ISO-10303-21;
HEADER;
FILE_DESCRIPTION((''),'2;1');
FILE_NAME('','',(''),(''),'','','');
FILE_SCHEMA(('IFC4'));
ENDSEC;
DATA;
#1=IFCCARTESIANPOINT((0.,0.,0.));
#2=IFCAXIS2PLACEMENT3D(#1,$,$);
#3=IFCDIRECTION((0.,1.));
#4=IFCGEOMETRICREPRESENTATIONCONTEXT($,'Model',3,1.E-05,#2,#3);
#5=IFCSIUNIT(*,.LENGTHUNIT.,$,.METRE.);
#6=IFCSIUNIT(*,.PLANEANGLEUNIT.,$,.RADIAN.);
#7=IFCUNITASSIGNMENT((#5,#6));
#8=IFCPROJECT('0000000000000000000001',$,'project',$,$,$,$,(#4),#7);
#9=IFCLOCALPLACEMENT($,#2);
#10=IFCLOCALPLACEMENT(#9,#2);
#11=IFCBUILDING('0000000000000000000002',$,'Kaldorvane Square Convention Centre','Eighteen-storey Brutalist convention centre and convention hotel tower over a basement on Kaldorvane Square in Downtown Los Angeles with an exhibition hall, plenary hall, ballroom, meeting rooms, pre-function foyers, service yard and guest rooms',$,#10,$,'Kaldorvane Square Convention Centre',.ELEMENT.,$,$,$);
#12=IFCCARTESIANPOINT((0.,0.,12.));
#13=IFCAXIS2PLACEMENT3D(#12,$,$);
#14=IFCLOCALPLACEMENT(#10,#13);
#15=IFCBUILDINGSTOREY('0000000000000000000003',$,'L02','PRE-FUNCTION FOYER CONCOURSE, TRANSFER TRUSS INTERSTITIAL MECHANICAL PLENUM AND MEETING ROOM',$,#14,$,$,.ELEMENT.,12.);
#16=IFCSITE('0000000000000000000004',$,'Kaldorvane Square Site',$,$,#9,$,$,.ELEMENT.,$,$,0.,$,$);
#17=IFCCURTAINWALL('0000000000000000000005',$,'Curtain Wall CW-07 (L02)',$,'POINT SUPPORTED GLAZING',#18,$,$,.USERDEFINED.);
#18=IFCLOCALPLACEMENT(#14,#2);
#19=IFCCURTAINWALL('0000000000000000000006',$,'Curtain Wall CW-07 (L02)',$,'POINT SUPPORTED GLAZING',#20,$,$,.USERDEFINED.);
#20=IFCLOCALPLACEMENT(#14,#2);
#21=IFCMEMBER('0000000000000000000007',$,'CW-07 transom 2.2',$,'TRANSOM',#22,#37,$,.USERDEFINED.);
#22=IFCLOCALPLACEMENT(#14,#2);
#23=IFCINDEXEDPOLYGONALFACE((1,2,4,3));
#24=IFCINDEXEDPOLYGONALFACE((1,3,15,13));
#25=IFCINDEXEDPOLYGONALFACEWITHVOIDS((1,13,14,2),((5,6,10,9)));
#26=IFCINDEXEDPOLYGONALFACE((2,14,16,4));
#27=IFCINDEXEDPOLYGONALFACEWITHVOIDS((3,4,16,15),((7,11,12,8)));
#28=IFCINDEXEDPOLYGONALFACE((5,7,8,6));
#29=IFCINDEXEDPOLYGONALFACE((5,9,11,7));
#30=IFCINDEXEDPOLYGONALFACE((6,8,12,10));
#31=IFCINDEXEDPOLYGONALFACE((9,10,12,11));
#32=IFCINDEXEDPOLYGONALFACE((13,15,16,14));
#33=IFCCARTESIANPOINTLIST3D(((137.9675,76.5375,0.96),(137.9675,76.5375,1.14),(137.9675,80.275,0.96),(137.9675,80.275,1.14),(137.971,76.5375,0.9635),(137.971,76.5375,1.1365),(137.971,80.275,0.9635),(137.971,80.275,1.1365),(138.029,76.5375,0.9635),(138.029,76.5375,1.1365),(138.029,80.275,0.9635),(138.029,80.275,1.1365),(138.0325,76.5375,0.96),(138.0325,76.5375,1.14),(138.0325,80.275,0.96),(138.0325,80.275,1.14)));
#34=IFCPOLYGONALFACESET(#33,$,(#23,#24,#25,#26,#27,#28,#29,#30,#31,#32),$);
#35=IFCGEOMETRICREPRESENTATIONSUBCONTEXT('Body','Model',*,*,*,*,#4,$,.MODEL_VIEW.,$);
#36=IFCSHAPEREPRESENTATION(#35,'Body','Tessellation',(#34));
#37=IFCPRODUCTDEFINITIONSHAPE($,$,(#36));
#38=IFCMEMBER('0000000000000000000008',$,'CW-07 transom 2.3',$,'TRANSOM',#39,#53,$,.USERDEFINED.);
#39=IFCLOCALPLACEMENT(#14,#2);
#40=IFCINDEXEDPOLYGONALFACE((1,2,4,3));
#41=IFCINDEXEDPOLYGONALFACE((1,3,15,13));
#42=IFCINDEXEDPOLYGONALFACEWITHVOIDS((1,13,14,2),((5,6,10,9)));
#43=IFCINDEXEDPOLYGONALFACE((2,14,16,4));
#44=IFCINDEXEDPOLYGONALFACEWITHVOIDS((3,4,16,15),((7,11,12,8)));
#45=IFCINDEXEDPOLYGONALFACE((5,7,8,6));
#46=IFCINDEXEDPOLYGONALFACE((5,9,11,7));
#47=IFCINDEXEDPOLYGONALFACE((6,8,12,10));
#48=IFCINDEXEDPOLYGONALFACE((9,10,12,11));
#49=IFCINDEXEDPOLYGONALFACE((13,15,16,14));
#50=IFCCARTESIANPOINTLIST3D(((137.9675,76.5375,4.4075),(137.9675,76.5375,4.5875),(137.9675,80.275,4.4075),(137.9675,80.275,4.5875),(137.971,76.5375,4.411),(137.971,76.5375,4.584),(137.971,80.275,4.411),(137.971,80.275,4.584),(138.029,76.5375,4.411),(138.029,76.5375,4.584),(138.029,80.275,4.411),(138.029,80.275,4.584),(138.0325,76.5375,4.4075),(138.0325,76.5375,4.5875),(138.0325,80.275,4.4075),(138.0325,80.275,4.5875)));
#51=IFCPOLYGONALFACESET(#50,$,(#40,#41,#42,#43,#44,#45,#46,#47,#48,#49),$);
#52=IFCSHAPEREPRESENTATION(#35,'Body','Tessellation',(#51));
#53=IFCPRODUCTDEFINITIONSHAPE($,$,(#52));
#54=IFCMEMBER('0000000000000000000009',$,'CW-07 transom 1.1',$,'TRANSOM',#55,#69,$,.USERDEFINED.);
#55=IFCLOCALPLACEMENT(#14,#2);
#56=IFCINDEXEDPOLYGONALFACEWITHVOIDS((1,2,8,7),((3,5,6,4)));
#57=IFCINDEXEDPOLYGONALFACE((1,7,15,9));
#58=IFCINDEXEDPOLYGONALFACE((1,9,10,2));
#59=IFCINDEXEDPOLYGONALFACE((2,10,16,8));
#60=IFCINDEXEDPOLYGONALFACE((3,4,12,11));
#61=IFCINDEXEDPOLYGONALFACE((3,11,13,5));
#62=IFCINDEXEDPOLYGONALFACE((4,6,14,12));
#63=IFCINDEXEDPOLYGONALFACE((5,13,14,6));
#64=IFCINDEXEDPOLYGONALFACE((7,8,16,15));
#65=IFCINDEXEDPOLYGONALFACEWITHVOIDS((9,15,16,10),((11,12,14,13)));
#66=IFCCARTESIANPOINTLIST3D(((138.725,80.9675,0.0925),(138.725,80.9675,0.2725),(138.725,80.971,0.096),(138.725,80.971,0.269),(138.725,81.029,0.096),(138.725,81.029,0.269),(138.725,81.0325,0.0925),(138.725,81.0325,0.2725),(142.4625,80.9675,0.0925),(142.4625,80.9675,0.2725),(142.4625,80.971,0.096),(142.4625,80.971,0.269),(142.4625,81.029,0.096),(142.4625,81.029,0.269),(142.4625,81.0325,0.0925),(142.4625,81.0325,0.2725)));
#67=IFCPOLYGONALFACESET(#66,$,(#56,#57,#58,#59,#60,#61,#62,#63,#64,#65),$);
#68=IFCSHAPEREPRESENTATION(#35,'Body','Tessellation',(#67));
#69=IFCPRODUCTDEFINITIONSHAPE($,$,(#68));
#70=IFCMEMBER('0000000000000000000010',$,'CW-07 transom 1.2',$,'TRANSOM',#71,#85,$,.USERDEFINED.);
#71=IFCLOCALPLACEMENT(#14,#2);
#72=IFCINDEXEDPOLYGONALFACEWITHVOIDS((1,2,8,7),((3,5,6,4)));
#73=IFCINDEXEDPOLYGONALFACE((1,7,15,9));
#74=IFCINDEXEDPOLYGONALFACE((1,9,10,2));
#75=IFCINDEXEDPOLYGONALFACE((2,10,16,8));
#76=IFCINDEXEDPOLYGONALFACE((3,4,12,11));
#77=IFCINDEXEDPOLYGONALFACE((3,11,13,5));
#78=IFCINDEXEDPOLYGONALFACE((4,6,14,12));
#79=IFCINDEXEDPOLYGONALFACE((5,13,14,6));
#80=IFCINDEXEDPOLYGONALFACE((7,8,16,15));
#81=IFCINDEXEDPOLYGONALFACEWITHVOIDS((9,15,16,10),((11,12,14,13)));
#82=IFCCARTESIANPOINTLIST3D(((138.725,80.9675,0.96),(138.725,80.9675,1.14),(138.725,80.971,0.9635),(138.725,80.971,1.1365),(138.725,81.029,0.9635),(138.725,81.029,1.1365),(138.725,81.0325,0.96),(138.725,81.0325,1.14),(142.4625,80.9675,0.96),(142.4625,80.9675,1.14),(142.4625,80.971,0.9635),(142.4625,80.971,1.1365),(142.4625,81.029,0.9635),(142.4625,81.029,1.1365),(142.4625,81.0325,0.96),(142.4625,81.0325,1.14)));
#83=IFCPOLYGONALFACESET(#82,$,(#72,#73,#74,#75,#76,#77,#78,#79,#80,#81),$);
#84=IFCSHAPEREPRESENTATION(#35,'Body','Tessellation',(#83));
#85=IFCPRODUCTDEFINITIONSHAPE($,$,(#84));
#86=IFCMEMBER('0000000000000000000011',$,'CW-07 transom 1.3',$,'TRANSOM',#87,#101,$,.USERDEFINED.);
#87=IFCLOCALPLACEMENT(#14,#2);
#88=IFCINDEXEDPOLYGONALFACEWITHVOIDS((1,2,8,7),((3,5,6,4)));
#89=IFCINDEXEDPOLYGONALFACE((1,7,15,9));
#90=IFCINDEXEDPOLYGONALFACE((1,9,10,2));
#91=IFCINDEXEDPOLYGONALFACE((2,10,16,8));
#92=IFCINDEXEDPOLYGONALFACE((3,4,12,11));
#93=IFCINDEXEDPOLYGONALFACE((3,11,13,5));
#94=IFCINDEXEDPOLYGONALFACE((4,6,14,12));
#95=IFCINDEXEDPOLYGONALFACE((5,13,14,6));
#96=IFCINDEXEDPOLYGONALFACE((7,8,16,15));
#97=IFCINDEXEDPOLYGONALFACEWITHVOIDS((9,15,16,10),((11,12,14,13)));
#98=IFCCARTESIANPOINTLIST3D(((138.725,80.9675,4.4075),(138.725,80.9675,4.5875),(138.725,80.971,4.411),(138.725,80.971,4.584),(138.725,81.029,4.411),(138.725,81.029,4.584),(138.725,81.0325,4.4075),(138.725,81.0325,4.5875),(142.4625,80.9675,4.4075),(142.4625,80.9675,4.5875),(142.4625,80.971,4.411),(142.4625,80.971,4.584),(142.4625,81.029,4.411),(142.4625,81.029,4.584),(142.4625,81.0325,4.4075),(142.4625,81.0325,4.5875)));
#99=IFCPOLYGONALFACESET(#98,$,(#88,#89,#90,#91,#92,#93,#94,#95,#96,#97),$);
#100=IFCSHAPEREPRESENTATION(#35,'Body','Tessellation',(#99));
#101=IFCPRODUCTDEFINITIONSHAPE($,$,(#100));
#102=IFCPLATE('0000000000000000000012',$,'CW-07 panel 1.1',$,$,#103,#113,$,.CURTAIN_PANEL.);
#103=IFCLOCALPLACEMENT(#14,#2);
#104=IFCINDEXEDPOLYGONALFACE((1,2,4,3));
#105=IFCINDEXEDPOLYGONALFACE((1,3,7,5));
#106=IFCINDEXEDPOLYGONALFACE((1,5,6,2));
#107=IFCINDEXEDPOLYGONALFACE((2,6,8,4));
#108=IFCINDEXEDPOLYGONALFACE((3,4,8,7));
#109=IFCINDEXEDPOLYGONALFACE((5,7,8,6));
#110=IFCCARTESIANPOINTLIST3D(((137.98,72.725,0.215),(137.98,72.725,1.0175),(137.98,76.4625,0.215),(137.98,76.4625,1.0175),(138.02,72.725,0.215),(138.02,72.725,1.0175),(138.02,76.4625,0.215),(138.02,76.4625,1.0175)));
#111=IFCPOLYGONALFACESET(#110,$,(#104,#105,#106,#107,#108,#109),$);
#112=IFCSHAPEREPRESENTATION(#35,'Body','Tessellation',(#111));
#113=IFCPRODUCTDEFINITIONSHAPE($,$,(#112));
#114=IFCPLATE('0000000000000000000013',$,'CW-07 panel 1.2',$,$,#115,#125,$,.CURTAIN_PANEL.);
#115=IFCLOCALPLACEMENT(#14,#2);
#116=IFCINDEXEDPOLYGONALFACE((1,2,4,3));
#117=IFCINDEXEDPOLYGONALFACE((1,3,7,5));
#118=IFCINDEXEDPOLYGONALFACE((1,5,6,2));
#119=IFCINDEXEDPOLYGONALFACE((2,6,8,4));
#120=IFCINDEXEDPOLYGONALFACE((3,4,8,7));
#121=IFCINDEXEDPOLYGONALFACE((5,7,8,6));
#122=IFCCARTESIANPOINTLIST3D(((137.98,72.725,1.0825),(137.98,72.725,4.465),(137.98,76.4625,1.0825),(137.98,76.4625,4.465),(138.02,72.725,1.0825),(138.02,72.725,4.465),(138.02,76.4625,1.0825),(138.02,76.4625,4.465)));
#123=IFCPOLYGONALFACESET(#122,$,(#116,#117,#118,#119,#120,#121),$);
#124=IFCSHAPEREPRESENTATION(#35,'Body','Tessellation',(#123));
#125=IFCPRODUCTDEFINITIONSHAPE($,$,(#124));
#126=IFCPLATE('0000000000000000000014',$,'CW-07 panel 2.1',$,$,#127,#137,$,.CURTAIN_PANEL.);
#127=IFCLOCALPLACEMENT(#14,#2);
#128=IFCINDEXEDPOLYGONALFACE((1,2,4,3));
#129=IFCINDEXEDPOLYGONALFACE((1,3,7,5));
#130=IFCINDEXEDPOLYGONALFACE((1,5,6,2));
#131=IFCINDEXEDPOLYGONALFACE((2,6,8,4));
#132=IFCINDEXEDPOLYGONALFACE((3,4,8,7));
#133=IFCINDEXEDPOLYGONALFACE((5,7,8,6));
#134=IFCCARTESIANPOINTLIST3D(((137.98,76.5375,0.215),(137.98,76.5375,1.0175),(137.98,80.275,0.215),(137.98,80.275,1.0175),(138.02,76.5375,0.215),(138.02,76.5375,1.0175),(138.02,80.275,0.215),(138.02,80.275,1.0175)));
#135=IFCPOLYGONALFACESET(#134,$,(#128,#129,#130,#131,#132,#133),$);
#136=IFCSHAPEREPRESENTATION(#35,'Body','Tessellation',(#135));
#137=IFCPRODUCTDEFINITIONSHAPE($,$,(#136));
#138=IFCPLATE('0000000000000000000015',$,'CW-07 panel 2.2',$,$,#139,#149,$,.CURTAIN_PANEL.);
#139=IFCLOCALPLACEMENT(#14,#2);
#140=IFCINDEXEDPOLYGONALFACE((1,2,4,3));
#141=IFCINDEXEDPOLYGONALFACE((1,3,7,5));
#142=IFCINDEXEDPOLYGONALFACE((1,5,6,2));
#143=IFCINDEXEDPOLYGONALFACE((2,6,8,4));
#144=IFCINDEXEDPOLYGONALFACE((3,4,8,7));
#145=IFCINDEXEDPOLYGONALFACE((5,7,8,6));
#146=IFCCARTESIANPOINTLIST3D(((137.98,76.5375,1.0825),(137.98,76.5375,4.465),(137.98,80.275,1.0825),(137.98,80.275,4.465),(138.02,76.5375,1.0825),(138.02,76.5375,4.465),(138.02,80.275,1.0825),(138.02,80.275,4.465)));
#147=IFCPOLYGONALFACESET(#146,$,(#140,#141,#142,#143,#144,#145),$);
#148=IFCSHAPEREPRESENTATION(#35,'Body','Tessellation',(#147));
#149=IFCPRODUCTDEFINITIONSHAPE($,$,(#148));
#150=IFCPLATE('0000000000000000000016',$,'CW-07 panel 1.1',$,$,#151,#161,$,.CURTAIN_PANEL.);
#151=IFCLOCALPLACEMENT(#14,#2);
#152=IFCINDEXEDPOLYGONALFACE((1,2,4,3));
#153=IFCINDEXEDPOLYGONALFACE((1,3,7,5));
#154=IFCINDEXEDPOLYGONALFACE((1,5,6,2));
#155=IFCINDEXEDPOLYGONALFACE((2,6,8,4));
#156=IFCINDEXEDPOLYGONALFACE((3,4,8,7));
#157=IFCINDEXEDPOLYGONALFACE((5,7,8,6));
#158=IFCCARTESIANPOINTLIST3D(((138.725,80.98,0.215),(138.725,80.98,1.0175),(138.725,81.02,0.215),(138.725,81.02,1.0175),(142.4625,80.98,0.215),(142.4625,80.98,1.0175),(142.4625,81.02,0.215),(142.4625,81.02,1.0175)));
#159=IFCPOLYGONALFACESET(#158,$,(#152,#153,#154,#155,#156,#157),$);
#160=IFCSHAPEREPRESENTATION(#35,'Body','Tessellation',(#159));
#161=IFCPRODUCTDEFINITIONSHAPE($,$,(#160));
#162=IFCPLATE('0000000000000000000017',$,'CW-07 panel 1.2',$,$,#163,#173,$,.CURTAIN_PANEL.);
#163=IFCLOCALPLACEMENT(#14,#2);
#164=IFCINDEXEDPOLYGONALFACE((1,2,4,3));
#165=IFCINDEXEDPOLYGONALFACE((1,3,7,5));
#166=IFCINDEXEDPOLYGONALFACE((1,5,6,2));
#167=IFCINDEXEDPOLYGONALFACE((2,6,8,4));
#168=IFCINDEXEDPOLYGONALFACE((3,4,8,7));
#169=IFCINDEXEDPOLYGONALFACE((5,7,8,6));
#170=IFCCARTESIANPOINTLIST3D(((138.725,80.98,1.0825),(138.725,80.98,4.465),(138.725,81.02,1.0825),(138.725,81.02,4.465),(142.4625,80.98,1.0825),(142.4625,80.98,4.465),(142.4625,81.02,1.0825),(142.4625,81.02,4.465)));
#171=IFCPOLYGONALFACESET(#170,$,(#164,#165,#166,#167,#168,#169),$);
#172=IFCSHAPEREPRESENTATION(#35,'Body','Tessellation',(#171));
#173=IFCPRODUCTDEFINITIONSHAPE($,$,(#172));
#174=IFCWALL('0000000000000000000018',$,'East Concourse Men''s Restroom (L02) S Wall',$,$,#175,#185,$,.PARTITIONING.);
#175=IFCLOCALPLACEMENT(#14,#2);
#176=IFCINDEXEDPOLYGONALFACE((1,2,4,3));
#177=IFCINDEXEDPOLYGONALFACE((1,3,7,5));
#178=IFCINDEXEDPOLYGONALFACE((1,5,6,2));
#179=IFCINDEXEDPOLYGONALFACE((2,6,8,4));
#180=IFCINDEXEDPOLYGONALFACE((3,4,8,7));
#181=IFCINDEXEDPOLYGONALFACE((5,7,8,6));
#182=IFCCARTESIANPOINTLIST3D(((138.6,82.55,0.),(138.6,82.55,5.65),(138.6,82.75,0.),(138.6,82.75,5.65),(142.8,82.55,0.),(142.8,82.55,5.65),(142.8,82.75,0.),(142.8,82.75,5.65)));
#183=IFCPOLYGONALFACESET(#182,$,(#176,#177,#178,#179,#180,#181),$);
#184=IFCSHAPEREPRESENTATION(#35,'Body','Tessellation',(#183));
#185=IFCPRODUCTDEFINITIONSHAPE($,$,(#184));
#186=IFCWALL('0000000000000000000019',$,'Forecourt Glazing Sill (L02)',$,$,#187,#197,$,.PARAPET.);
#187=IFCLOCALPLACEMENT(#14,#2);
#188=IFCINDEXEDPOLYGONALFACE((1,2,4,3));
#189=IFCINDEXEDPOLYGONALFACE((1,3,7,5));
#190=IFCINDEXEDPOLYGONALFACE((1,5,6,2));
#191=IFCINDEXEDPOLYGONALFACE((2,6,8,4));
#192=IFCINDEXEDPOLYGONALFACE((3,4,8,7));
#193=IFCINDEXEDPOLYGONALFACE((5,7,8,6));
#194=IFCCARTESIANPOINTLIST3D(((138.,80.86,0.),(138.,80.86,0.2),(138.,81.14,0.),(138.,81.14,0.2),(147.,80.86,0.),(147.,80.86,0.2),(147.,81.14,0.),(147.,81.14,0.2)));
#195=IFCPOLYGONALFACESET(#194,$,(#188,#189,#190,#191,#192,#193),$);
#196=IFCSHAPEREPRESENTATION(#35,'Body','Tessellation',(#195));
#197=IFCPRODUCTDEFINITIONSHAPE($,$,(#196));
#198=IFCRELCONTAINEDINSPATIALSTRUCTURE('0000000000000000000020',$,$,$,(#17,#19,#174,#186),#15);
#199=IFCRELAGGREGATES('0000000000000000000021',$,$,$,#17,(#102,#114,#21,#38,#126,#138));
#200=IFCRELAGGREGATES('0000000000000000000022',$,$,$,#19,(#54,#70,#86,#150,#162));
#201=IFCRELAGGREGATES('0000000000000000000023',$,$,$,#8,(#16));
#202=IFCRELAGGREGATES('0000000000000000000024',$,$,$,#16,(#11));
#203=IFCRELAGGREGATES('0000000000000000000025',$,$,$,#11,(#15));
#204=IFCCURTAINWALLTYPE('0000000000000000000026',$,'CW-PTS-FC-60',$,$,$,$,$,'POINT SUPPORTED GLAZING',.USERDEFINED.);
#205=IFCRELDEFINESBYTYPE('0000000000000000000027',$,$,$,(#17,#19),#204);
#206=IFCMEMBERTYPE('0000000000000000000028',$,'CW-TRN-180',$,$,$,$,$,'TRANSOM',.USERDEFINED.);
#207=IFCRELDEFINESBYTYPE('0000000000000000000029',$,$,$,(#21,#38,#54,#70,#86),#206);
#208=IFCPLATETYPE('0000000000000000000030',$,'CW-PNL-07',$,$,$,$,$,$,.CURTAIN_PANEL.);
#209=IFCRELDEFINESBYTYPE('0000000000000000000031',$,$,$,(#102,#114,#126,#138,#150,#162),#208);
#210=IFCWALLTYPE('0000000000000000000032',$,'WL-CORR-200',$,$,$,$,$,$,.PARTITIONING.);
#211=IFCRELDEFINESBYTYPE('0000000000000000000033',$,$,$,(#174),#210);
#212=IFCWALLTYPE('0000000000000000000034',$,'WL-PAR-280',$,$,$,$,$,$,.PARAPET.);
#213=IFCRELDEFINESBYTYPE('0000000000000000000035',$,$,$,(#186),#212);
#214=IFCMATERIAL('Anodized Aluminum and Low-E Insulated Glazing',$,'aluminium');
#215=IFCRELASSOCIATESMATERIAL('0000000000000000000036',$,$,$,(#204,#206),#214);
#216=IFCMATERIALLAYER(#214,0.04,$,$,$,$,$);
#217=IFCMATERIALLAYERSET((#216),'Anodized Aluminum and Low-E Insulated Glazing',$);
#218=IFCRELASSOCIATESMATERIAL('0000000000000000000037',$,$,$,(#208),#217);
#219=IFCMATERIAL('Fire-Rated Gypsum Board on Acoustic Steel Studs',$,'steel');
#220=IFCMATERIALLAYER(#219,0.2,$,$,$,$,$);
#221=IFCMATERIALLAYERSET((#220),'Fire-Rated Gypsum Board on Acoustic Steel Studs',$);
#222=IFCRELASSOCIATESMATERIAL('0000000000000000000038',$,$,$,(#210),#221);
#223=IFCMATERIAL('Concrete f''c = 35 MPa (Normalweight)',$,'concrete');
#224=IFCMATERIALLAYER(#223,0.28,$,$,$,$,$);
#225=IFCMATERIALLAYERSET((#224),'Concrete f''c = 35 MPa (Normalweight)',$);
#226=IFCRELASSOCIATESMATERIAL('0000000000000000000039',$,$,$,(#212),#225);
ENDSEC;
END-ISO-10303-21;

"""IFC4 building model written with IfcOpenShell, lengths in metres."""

from ifc_helpers import new_model, si_unit, direction, frame, frame_2d, origin, origin_2d, place, context, subcontext, project, spatial, rectangle, hollow_rectangle, extrude, material, layer, layer_set, material_profile, profile_set, type_object, element, aggregate, save


model = new_model("IFC4")

# Units and contexts
model_context = context("Model", 3, precision=1e-05, world=origin(), true_north=direction((0.0, 1.0)))
body_context = subcontext(model_context, "Body", "Model", "MODEL_VIEW")
ifc_project = project(units=[si_unit("LENGTHUNIT", "METRE"), si_unit("PLANEANGLEUNIT", "RADIAN")], contexts=[model_context])

# Site, building, storey
site_placement = place(None, origin())
site = spatial("IfcSite", under=ifc_project, at=site_placement, Name="Kaldorvane Square Site", CompositionType="ELEMENT", RefElevation=0.0)
building_placement = place(site_placement, origin())
building = spatial("IfcBuilding", under=site, at=building_placement, Name="Kaldorvane Square Convention Centre", Description="Eighteen-storey Brutalist convention centre and convention hotel tower over a basement on Kaldorvane Square in Downtown Los Angeles with an exhibition hall, plenary hall, ballroom, meeting rooms, pre-function foyers, service yard and guest rooms", LongName="Kaldorvane Square Convention Centre", CompositionType="ELEMENT")
storey_placement = place(building_placement, frame((0.0, 0.0, 12.0)))
storey = spatial("IfcBuildingStorey", under=building, at=storey_placement, Name="L02", Description="PRE-FUNCTION FOYER CONCOURSE, TRANSFER TRUSS INTERSTITIAL MECHANICAL PLENUM AND MEETING ROOM", CompositionType="ELEMENT", Elevation=12.0)

# Curtain walls
ifc_material_1 = material(Name="Anodized Aluminum and Low-E Insulated Glazing", Category="aluminium")
curtain_wall_type = type_object("IfcCurtainWallType", Name="CW-PTS-FC-60", ElementType="POINT SUPPORTED GLAZING", PredefinedType="USERDEFINED", material=ifc_material_1)
curtain_wall_1_placement = place(storey_placement, origin())
curtain_wall_1 = element("IfcCurtainWall", 1, at=curtain_wall_1_placement, inside=storey, type_object=curtain_wall_type, Name="Curtain Wall CW-07 (L02)", ObjectType="POINT SUPPORTED GLAZING", PredefinedType="USERDEFINED")
curtain_wall_2_placement = place(storey_placement, origin())
curtain_wall_2 = element("IfcCurtainWall", 2, at=curtain_wall_2_placement, inside=storey, type_object=curtain_wall_type, Name="Curtain Wall CW-07 (L02)", ObjectType="POINT SUPPORTED GLAZING", PredefinedType="USERDEFINED")

# Members
ifc_material_profile_1 = material_profile(ifc_material_1, hollow_rectangle(XDim=0.065, YDim=0.18, WallThickness=0.0035, at=origin_2d()), Name="CWT-180X65")
ifc_profile_set_1 = profile_set([ifc_material_profile_1], Name="Anodized Aluminum and Low-E Insulated Glazing")
member_type_1 = type_object("IfcMemberType", Name="CW-TRN-180", ElementType="TRANSOM", PredefinedType="USERDEFINED", material=ifc_profile_set_1)
member_1_placement = place(storey_placement, frame((138.0, 76.5375, 1.05), z_axis=(0.0, 1.0, 0.0), x_axis=(-1.0, 0.0, 0.0)))
member_1 = element("IfcMember", 3, at=member_1_placement, type_object=member_type_1, Name="CW-07 transom 2.2", ObjectType="TRANSOM", PredefinedType="USERDEFINED", context=body_context, shape_type="SweptSolid", body=[
    extrude(hollow_rectangle(XDim=0.065, YDim=0.18, WallThickness=0.0035, at=origin_2d()), origin(), (0.0, 0.0, 1.0), 3.7375),
])
member_2_placement = place(storey_placement, frame((138.0, 76.5375, 4.4975), z_axis=(0.0, 1.0, 0.0), x_axis=(-1.0, 0.0, 0.0)))
member_2 = element("IfcMember", 4, at=member_2_placement, type_object=member_type_1, Name="CW-07 transom 2.3", ObjectType="TRANSOM", PredefinedType="USERDEFINED", context=body_context, shape_type="SweptSolid", body=[
    extrude(hollow_rectangle(XDim=0.065, YDim=0.18, WallThickness=0.0035, at=origin_2d()), origin(), (0.0, 0.0, 1.0), 3.7375),
])
member_3_placement = place(storey_placement, frame((138.725, 81.0, 0.1825), z_axis=(1.0, 0.0, 0.0), x_axis=(0.0, 1.0, 0.0)))
member_3 = element("IfcMember", 5, at=member_3_placement, type_object=member_type_1, Name="CW-07 transom 1.1", ObjectType="TRANSOM", PredefinedType="USERDEFINED", context=body_context, shape_type="SweptSolid", body=[
    extrude(hollow_rectangle(XDim=0.065, YDim=0.18, WallThickness=0.0035, at=origin_2d()), origin(), (0.0, 0.0, 1.0), 3.7375),
])
member_4_placement = place(storey_placement, frame((138.725, 81.0, 1.05), z_axis=(1.0, 0.0, 0.0), x_axis=(0.0, 1.0, 0.0)))
member_4 = element("IfcMember", 6, at=member_4_placement, type_object=member_type_1, Name="CW-07 transom 1.2", ObjectType="TRANSOM", PredefinedType="USERDEFINED", context=body_context, shape_type="SweptSolid", body=[
    extrude(hollow_rectangle(XDim=0.065, YDim=0.18, WallThickness=0.0035, at=origin_2d()), origin(), (0.0, 0.0, 1.0), 3.7375),
])
member_5_placement = place(storey_placement, frame((138.725, 81.0, 4.4975), z_axis=(1.0, 0.0, 0.0), x_axis=(0.0, 1.0, 0.0)))
member_5 = element("IfcMember", 7, at=member_5_placement, type_object=member_type_1, Name="CW-07 transom 1.3", ObjectType="TRANSOM", PredefinedType="USERDEFINED", context=body_context, shape_type="SweptSolid", body=[
    extrude(hollow_rectangle(XDim=0.065, YDim=0.18, WallThickness=0.0035, at=origin_2d()), origin(), (0.0, 0.0, 1.0), 3.7375),
])

# Plates
ifc_layer_1 = layer(ifc_material_1, 0.04)
ifc_layer_set_1 = layer_set([ifc_layer_1], Name="Anodized Aluminum and Low-E Insulated Glazing")
plate_type = type_object("IfcPlateType", Name="CW-PNL-07", PredefinedType="CURTAIN_PANEL", material=ifc_layer_set_1)
plate_1_placement = place(storey_placement, frame((138.0, 74.5938, 0.215), z_axis=(0.0, 0.0, 1.0), x_axis=(0.0, 1.0, 0.0)))
plate_1 = element("IfcPlate", 8, at=plate_1_placement, type_object=plate_type, Name="CW-07 panel 1.1", PredefinedType="CURTAIN_PANEL", context=body_context, shape_type="SweptSolid", body=[
    extrude(rectangle(XDim=3.7375, YDim=0.04, at=origin_2d()), origin(), (0.0, 0.0, 1.0), 0.8025),
])
plate_2_placement = place(storey_placement, frame((138.0, 74.5938, 1.0825), z_axis=(0.0, 0.0, 1.0), x_axis=(0.0, 1.0, 0.0)))
plate_2 = element("IfcPlate", 9, at=plate_2_placement, type_object=plate_type, Name="CW-07 panel 1.2", PredefinedType="CURTAIN_PANEL", context=body_context, shape_type="SweptSolid", body=[
    extrude(rectangle(XDim=3.7375, YDim=0.04, at=origin_2d()), origin(), (0.0, 0.0, 1.0), 3.3825),
])
plate_3_placement = place(storey_placement, frame((138.0, 78.4062, 0.215), z_axis=(0.0, 0.0, 1.0), x_axis=(0.0, 1.0, 0.0)))
plate_3 = element("IfcPlate", 10, at=plate_3_placement, type_object=plate_type, Name="CW-07 panel 2.1", PredefinedType="CURTAIN_PANEL", context=body_context, shape_type="SweptSolid", body=[
    extrude(rectangle(XDim=3.7375, YDim=0.04, at=origin_2d()), origin(), (0.0, 0.0, 1.0), 0.8025),
])
plate_4_placement = place(storey_placement, frame((138.0, 78.4062, 1.0825), z_axis=(0.0, 0.0, 1.0), x_axis=(0.0, 1.0, 0.0)))
plate_4 = element("IfcPlate", 11, at=plate_4_placement, type_object=plate_type, Name="CW-07 panel 2.2", PredefinedType="CURTAIN_PANEL", context=body_context, shape_type="SweptSolid", body=[
    extrude(rectangle(XDim=3.7375, YDim=0.04, at=origin_2d()), origin(), (0.0, 0.0, 1.0), 3.3825),
])
aggregate(curtain_wall_1, [plate_1, plate_2, member_1, member_2, plate_3, plate_4])
plate_5_placement = place(storey_placement, frame((140.5938, 81.0, 0.215), z_axis=(0.0, 0.0, 1.0), x_axis=(1.0, 0.0, 0.0)))
plate_5 = element("IfcPlate", 12, at=plate_5_placement, type_object=plate_type, Name="CW-07 panel 1.1", PredefinedType="CURTAIN_PANEL", context=body_context, shape_type="SweptSolid", body=[
    extrude(rectangle(XDim=3.7375, YDim=0.04, at=origin_2d()), origin(), (0.0, 0.0, 1.0), 0.8025),
])
plate_6_placement = place(storey_placement, frame((140.5938, 81.0, 1.0825), z_axis=(0.0, 0.0, 1.0), x_axis=(1.0, 0.0, 0.0)))
plate_6 = element("IfcPlate", 13, at=plate_6_placement, type_object=plate_type, Name="CW-07 panel 1.2", PredefinedType="CURTAIN_PANEL", context=body_context, shape_type="SweptSolid", body=[
    extrude(rectangle(XDim=3.7375, YDim=0.04, at=origin_2d()), origin(), (0.0, 0.0, 1.0), 3.3825),
])
aggregate(curtain_wall_2, [member_3, member_4, member_5, plate_5, plate_6])

# Walls
ifc_material_2 = material(Name="Fire-Rated Gypsum Board on Acoustic Steel Studs", Category="steel")
ifc_layer_2 = layer(ifc_material_2, 0.2)
ifc_layer_set_2 = layer_set([ifc_layer_2], Name="Fire-Rated Gypsum Board on Acoustic Steel Studs")
wall_type_1 = type_object("IfcWallType", Name="WL-CORR-200", PredefinedType="PARTITIONING", material=ifc_layer_set_2)
wall_1_placement = place(storey_placement, frame((138.6, 82.65, 0.0), z_axis=(0.0, 0.0, 1.0), x_axis=(1.0, 0.0, 0.0)))
element("IfcWall", 14, at=wall_1_placement, inside=storey, type_object=wall_type_1, Name="East Concourse Men's Restroom (L02) S Wall", PredefinedType="PARTITIONING", context=body_context, shape_type="SweptSolid", body=[
    extrude(rectangle(XDim=4.2, YDim=0.2, at=frame_2d((2.1, 0.0))), origin(), (0.0, 0.0, 1.0), 5.65),
])
ifc_material_3 = material(Name="Concrete f'c = 35 MPa (Normalweight)", Category="concrete")
ifc_layer_3 = layer(ifc_material_3, 0.28)
ifc_layer_set_3 = layer_set([ifc_layer_3], Name="Concrete f'c = 35 MPa (Normalweight)")
wall_type_2 = type_object("IfcWallType", Name="WL-PAR-280", PredefinedType="PARAPET", material=ifc_layer_set_3)
wall_2_placement = place(storey_placement, frame((138.0, 81.0, 0.0), z_axis=(0.0, 0.0, 1.0), x_axis=(1.0, 0.0, 0.0)))
element("IfcWall", 15, at=wall_2_placement, inside=storey, type_object=wall_type_2, Name="Forecourt Glazing Sill (L02)", PredefinedType="PARAPET", context=body_context, shape_type="SweptSolid", body=[
    extrude(rectangle(XDim=9.0, YDim=0.28, at=frame_2d((4.5, 0.0))), origin(), (0.0, 0.0, 1.0), 0.2),
])

save(model, "model.ifc")
